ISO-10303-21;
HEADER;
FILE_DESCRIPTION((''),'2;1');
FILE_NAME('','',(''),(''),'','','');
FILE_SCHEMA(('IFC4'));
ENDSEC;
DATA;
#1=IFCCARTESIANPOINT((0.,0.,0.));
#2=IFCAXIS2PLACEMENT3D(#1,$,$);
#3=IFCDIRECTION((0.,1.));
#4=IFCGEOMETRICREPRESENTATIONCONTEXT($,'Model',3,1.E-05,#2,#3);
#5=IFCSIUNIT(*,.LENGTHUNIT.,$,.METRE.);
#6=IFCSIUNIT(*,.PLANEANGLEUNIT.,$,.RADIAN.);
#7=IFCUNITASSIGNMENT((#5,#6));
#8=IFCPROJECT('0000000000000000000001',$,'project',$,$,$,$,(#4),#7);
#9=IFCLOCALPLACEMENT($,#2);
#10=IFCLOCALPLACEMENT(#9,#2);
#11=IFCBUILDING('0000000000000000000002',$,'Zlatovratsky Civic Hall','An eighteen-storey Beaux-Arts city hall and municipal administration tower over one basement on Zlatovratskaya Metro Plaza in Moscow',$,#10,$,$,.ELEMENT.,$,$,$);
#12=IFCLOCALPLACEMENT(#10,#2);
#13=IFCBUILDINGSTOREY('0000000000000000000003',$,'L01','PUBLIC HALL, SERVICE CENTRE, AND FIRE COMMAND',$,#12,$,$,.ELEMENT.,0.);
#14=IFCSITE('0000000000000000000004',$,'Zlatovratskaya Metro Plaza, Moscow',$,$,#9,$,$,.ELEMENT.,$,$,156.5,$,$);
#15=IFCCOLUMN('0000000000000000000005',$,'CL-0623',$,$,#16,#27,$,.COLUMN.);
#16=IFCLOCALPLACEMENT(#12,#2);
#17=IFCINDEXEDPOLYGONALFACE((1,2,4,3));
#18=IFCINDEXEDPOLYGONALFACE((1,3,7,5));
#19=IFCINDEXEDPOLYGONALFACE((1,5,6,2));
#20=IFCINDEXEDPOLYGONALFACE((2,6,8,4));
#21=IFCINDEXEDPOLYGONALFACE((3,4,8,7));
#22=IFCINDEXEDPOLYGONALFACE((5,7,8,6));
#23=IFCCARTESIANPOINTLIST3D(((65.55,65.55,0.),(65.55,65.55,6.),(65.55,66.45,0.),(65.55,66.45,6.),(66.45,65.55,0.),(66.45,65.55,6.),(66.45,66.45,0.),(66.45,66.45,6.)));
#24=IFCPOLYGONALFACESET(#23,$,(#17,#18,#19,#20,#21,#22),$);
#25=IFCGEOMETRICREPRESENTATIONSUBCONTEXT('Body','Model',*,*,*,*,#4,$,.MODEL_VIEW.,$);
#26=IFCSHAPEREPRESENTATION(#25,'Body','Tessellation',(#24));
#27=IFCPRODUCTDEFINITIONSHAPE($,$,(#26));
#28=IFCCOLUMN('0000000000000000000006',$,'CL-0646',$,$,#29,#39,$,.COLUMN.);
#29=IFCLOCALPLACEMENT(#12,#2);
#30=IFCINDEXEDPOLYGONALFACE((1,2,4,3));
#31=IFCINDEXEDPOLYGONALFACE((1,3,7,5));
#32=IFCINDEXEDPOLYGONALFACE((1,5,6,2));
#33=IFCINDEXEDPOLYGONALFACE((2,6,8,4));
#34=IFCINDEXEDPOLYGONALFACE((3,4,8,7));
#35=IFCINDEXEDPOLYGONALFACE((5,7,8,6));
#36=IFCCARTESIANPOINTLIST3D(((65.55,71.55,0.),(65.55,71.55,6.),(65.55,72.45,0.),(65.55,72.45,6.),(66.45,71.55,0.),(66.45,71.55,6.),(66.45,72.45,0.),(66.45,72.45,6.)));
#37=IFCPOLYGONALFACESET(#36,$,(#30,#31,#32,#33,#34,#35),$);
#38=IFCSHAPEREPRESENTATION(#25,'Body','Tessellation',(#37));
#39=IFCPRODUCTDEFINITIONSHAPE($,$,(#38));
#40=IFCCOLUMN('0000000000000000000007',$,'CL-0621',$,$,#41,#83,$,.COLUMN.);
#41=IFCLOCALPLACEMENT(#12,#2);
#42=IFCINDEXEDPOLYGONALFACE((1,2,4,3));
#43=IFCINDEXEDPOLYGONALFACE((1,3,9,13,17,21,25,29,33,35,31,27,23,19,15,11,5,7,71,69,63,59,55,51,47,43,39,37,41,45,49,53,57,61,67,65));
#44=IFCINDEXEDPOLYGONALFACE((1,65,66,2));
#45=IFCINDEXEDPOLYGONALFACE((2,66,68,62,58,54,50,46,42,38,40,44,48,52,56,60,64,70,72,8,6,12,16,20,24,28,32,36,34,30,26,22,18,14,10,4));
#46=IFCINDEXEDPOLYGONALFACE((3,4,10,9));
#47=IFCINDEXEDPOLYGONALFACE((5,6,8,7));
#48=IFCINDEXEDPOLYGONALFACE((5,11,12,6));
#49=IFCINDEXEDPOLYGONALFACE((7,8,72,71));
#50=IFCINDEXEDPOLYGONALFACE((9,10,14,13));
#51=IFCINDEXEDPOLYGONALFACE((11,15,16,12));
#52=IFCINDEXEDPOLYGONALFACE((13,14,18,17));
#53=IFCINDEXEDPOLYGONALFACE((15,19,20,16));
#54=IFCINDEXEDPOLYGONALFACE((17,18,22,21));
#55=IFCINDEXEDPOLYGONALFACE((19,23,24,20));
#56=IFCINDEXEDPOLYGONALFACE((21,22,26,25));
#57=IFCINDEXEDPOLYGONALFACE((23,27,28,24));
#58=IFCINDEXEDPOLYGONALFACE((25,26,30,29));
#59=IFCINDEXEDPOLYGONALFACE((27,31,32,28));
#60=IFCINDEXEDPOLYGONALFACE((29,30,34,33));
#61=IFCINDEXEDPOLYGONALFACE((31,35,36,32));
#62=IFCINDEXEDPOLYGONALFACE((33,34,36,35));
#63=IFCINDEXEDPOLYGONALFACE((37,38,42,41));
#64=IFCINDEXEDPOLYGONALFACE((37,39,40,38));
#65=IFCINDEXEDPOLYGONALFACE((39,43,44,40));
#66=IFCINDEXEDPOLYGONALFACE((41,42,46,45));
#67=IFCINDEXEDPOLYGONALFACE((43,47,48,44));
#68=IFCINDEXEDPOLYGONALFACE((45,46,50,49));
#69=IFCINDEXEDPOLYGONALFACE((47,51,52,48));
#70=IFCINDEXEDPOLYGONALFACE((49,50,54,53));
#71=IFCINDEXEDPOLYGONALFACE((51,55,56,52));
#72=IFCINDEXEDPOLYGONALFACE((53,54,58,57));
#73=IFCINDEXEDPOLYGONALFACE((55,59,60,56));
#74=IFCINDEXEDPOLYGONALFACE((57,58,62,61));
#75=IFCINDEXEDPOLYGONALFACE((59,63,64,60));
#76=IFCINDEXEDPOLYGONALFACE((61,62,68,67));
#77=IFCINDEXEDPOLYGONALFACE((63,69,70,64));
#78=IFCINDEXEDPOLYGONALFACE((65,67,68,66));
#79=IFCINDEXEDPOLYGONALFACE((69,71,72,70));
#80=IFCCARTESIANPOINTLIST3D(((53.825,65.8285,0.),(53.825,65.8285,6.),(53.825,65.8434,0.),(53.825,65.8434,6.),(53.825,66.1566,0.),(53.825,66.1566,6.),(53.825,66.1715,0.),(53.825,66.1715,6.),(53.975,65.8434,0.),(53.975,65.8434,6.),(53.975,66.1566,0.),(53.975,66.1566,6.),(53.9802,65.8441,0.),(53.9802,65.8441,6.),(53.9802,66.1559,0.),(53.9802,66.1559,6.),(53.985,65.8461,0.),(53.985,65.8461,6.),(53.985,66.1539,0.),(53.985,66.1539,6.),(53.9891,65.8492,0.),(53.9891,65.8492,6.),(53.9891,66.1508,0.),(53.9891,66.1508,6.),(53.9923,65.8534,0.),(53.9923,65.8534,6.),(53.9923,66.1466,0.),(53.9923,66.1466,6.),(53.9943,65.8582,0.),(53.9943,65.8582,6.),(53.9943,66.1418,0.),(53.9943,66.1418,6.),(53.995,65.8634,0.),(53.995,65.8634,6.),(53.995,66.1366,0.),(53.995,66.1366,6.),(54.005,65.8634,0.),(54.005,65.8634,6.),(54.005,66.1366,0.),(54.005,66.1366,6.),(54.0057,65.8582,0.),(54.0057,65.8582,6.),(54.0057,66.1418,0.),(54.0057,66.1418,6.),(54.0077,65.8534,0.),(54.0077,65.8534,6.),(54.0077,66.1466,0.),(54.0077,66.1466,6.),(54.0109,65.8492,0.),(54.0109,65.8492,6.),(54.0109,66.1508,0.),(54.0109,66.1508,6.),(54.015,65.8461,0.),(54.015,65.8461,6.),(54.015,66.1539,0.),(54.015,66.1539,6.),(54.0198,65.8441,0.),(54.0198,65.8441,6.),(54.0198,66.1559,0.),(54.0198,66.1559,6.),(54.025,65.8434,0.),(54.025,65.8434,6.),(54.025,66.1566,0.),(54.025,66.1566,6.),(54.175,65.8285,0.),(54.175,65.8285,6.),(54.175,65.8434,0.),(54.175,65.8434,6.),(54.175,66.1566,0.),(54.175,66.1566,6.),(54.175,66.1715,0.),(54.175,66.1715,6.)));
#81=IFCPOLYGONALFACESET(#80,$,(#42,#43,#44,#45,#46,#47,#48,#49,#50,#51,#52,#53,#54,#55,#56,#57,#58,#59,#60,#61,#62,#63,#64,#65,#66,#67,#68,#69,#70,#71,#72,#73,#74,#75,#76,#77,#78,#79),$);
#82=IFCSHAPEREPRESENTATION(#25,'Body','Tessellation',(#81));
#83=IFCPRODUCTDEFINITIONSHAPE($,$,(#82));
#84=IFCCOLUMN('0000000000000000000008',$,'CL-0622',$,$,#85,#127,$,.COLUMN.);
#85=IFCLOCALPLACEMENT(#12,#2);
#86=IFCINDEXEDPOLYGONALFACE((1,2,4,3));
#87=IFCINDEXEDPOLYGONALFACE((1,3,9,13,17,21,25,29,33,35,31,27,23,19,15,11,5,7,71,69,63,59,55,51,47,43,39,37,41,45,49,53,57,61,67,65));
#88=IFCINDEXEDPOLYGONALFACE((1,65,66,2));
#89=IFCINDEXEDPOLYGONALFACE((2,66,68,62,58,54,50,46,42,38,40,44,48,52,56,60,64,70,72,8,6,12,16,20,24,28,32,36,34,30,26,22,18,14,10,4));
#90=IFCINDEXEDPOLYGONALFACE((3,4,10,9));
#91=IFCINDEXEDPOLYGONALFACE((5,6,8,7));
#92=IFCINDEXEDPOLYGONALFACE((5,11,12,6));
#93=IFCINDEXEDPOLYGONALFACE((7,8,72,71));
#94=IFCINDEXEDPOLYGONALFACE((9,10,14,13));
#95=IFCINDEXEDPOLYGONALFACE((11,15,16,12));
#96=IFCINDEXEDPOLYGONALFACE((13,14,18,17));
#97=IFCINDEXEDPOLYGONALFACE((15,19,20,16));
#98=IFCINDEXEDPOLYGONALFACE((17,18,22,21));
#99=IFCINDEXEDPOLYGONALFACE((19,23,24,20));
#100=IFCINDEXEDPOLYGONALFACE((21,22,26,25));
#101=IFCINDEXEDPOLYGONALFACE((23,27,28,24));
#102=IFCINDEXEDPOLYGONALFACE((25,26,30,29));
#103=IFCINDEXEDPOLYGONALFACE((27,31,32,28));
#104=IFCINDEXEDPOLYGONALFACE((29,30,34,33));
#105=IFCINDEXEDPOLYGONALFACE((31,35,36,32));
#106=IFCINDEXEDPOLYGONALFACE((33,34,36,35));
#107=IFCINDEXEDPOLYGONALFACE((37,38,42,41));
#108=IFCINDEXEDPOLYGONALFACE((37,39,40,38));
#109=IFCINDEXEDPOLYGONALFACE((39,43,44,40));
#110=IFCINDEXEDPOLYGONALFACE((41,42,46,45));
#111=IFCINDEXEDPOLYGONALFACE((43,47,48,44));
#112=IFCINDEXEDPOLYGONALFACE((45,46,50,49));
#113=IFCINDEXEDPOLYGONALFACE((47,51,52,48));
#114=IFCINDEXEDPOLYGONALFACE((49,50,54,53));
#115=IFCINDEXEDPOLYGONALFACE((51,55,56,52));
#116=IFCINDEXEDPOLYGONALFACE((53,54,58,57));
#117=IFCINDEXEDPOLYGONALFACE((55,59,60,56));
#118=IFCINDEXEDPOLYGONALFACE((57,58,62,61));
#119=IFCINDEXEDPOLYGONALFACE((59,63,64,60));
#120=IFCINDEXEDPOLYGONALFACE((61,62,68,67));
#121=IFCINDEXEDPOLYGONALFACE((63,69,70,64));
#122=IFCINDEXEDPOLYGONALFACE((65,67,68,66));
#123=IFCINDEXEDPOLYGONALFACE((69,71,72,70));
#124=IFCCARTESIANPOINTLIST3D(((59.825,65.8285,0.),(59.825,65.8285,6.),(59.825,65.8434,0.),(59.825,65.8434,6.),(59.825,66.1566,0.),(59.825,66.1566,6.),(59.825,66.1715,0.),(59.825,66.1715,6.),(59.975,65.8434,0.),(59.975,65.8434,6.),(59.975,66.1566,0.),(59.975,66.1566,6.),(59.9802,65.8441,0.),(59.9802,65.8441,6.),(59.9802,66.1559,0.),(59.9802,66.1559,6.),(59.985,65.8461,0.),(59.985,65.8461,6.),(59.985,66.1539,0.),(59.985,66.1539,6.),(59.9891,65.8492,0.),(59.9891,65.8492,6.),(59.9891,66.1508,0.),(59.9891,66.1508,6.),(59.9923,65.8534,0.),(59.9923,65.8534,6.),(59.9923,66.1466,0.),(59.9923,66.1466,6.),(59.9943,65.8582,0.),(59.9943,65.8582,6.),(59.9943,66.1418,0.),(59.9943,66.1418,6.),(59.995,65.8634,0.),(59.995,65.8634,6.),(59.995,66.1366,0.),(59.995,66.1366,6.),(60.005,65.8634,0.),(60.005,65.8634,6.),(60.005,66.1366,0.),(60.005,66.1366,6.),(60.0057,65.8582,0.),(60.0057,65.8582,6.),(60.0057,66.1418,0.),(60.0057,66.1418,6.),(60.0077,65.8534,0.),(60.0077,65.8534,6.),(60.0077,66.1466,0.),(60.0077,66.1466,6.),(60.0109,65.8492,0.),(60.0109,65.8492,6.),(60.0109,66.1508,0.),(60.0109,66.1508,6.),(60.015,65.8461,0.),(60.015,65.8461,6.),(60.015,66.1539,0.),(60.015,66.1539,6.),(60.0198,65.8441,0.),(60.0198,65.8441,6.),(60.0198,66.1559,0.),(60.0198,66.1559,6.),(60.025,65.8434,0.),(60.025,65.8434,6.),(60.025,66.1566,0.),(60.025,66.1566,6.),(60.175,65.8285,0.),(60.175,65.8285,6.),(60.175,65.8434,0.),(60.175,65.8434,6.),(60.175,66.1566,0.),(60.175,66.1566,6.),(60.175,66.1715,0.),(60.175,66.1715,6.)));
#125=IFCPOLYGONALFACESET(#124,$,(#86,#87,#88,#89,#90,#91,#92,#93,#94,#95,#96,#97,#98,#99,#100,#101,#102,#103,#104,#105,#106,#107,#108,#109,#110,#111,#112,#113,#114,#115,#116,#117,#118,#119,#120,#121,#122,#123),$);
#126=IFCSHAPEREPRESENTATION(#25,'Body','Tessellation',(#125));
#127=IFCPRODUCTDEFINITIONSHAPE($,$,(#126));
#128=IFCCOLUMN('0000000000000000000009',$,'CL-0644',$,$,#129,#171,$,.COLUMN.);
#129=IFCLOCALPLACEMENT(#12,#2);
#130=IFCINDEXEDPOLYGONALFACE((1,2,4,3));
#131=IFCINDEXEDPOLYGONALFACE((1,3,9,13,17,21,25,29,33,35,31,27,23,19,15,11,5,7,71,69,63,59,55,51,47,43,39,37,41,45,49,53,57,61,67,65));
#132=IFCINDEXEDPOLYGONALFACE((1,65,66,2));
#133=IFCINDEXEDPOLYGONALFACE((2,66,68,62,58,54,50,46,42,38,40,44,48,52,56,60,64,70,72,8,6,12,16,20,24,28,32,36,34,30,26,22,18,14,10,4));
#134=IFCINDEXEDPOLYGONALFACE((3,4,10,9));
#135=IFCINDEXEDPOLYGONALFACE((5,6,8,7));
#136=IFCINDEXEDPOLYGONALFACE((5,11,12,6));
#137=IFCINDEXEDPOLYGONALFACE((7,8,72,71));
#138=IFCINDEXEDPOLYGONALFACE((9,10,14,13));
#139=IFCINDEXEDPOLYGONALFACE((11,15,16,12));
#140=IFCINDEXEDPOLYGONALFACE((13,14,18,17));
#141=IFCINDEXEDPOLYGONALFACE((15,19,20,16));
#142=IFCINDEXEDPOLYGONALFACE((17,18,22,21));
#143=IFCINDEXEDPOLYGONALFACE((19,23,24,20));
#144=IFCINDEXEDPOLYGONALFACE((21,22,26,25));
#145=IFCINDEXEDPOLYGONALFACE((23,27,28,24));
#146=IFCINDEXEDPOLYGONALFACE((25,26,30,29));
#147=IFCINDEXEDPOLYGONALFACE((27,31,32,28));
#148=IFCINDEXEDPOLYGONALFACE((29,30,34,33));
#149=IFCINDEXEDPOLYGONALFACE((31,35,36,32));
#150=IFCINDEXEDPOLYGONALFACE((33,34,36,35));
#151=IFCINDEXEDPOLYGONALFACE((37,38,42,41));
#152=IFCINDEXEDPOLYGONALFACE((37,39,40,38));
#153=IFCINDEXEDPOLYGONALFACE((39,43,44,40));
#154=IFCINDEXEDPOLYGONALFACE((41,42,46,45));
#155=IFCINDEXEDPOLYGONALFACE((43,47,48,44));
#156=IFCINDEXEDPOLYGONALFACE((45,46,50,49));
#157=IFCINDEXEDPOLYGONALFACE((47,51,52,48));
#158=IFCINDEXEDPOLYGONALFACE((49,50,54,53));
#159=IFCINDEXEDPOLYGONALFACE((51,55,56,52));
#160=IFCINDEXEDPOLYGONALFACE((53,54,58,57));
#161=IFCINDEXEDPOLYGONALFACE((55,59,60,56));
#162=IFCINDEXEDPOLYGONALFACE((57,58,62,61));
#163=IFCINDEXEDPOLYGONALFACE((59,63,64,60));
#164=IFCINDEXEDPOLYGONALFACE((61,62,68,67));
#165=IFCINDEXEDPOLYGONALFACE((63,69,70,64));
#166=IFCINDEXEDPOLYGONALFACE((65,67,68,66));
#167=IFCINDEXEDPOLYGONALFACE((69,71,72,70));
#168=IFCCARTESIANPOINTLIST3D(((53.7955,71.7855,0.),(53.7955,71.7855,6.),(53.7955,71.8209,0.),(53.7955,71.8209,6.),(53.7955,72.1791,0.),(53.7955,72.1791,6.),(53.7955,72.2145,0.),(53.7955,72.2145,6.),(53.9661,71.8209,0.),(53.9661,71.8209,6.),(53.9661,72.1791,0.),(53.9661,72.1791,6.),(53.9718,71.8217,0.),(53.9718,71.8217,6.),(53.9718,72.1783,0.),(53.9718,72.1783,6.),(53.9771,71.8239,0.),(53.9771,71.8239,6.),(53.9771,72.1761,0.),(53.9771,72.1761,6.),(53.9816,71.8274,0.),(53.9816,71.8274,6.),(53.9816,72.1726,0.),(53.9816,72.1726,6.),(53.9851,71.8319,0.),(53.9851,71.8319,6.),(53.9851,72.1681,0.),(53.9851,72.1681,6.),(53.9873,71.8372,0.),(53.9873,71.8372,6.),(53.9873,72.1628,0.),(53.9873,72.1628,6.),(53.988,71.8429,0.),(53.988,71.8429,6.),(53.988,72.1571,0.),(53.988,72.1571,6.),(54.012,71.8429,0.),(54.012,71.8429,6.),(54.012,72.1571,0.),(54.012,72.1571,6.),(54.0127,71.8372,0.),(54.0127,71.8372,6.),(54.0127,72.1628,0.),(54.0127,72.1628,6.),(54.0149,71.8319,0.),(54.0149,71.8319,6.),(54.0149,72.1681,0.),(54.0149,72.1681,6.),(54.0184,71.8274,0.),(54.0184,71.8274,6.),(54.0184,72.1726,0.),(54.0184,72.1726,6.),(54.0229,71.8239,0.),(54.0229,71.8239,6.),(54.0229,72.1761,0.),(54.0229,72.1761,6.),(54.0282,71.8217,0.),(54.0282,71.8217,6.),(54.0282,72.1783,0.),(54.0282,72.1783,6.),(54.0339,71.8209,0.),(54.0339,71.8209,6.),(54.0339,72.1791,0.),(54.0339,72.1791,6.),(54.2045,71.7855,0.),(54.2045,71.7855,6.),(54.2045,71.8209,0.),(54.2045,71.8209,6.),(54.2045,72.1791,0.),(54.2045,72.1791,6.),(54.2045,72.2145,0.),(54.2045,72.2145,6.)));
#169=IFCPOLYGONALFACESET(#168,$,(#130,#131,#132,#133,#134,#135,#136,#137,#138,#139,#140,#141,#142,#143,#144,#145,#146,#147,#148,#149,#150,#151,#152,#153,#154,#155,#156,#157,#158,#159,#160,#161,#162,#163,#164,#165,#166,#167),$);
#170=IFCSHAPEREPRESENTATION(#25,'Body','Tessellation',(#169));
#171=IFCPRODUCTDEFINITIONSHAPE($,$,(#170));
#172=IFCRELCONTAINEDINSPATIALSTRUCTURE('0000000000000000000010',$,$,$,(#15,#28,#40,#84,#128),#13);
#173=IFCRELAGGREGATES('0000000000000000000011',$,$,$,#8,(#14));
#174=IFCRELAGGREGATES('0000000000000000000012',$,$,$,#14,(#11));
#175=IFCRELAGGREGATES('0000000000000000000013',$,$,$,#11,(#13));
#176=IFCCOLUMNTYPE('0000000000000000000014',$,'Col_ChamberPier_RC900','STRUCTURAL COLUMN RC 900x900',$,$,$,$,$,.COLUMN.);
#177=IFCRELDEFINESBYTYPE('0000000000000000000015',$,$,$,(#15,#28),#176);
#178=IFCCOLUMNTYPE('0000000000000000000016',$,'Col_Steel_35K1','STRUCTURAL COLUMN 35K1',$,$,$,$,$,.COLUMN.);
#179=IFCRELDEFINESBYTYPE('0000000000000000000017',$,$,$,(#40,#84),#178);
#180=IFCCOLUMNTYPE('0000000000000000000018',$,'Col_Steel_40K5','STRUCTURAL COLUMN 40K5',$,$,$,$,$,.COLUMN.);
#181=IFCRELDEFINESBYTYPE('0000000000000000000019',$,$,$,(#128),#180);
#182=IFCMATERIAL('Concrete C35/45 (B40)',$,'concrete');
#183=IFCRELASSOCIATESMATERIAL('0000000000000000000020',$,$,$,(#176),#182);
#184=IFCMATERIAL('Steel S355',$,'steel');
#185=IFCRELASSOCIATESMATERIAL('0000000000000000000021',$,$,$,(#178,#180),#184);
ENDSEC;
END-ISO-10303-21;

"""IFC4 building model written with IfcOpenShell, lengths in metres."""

from ifc_helpers import new_model, si_unit, direction, frame, origin, origin_2d, place, context, subcontext, project, spatial, rectangle, i_section, extrude, material, material_profile, profile_set, type_object, element, save


model = new_model("IFC4")

# Units and contexts
model_context = context("Model", 3, precision=1e-05, world=origin(), true_north=direction((0.0, 1.0)))
body_context = subcontext(model_context, "Body", "Model", "MODEL_VIEW")
ifc_project = project(units=[si_unit("LENGTHUNIT", "METRE"), si_unit("PLANEANGLEUNIT", "RADIAN")], contexts=[model_context])

# Site, building, storey
site_placement = place(None, origin())
site = spatial("IfcSite", under=ifc_project, at=site_placement, Name="Zlatovratskaya Metro Plaza, Moscow", CompositionType="ELEMENT", RefElevation=156.5)
building_placement = place(site_placement, origin())
building = spatial("IfcBuilding", under=site, at=building_placement, Name="Zlatovratsky Civic Hall", Description="An eighteen-storey Beaux-Arts city hall and municipal administration tower over one basement on Zlatovratskaya Metro Plaza in Moscow", CompositionType="ELEMENT")
storey_placement = place(building_placement, origin())
storey = spatial("IfcBuildingStorey", under=building, at=storey_placement, Name="L01", Description="PUBLIC HALL, SERVICE CENTRE, AND FIRE COMMAND", CompositionType="ELEMENT", Elevation=0.0)

# Columns
ifc_material_1 = material(Name="Concrete C35/45 (B40)", Category="concrete")
ifc_material_profile_1 = material_profile(ifc_material_1, rectangle(XDim=0.8999, YDim=0.8999, at=origin_2d()), Name="RC 900x900")
ifc_profile_set_1 = profile_set([ifc_material_profile_1], Name="Concrete C35/45 (B40)")
column_type_1 = type_object("IfcColumnType", Name="Col_ChamberPier_RC900", Description="STRUCTURAL COLUMN RC 900x900", PredefinedType="COLUMN", material=ifc_profile_set_1)
for number, where, z_axis, x_axis, name in (
    (1, (66.0, 66.0, 0.0), (0.0, 0.0, 1.0), (1.0, 0.0, 0.0), "CL-0623"),
    (2, (66.0, 72.0, 0.0), (0.0, 0.0, 1.0), (1.0, 0.0, 0.0), "CL-0646"),
):
    element("IfcColumn", number, at=place(storey_placement, frame(where, z_axis=z_axis, x_axis=x_axis)), inside=storey, type_object=column_type_1, Name=name, PredefinedType="COLUMN", context=body_context, shape_type="SweptSolid", body=[
        extrude(rectangle(XDim=0.8999, YDim=0.8999, at=origin_2d()), origin(), (0.0, 0.0, 1.0), 6.0),
    ])
ifc_material_2 = material(Name="Steel S355", Category="steel")
ifc_material_profile_2 = material_profile(ifc_material_2, i_section(OverallWidth=0.3501, OverallDepth=0.343, WebThickness=0.01, FlangeThickness=0.0149, FilletRadius=0.02, at=origin_2d()), Name="35K1")
ifc_profile_set_2 = profile_set([ifc_material_profile_2], Name="Steel S355")
column_type_2 = type_object("IfcColumnType", Name="Col_Steel_35K1", Description="STRUCTURAL COLUMN 35K1", PredefinedType="COLUMN", material=ifc_profile_set_2)
for number, where, z_axis, x_axis, name in (
    (3, (54.0, 66.0, 0.0), (0.0, 0.0, 1.0), (1.0, 0.0, 0.0), "CL-0621"),
    (4, (60.0, 66.0, 0.0), (0.0, 0.0, 1.0), (1.0, 0.0, 0.0), "CL-0622"),
):
    element("IfcColumn", number, at=place(storey_placement, frame(where, z_axis=z_axis, x_axis=x_axis)), inside=storey, type_object=column_type_2, Name=name, PredefinedType="COLUMN", context=body_context, shape_type="SweptSolid", body=[
        extrude(i_section(OverallWidth=0.3501, OverallDepth=0.343, WebThickness=0.01, FlangeThickness=0.0149, FilletRadius=0.02, at=origin_2d()), origin(), (0.0, 0.0, 1.0), 6.0),
    ])
ifc_material_profile_3 = material_profile(ifc_material_2, i_section(OverallWidth=0.4089, OverallDepth=0.429, WebThickness=0.0239, FlangeThickness=0.0354, FilletRadius=0.022, at=origin_2d()), Name="40K5")
ifc_profile_set_3 = profile_set([ifc_material_profile_3], Name="Steel S355")
column_type_3 = type_object("IfcColumnType", Name="Col_Steel_40K5", Description="STRUCTURAL COLUMN 40K5", PredefinedType="COLUMN", material=ifc_profile_set_3)
for number, where, z_axis, x_axis, name in (
    (5, (54.0, 72.0, 0.0), (0.0, 0.0, 1.0), (1.0, 0.0, 0.0), "CL-0644"),
):
    element("IfcColumn", number, at=place(storey_placement, frame(where, z_axis=z_axis, x_axis=x_axis)), inside=storey, type_object=column_type_3, Name=name, PredefinedType="COLUMN", context=body_context, shape_type="SweptSolid", body=[
        extrude(i_section(OverallWidth=0.4089, OverallDepth=0.429, WebThickness=0.0239, FlangeThickness=0.0354, FilletRadius=0.022, at=origin_2d()), origin(), (0.0, 0.0, 1.0), 6.0),
    ])

save(model, "model.ifc")
